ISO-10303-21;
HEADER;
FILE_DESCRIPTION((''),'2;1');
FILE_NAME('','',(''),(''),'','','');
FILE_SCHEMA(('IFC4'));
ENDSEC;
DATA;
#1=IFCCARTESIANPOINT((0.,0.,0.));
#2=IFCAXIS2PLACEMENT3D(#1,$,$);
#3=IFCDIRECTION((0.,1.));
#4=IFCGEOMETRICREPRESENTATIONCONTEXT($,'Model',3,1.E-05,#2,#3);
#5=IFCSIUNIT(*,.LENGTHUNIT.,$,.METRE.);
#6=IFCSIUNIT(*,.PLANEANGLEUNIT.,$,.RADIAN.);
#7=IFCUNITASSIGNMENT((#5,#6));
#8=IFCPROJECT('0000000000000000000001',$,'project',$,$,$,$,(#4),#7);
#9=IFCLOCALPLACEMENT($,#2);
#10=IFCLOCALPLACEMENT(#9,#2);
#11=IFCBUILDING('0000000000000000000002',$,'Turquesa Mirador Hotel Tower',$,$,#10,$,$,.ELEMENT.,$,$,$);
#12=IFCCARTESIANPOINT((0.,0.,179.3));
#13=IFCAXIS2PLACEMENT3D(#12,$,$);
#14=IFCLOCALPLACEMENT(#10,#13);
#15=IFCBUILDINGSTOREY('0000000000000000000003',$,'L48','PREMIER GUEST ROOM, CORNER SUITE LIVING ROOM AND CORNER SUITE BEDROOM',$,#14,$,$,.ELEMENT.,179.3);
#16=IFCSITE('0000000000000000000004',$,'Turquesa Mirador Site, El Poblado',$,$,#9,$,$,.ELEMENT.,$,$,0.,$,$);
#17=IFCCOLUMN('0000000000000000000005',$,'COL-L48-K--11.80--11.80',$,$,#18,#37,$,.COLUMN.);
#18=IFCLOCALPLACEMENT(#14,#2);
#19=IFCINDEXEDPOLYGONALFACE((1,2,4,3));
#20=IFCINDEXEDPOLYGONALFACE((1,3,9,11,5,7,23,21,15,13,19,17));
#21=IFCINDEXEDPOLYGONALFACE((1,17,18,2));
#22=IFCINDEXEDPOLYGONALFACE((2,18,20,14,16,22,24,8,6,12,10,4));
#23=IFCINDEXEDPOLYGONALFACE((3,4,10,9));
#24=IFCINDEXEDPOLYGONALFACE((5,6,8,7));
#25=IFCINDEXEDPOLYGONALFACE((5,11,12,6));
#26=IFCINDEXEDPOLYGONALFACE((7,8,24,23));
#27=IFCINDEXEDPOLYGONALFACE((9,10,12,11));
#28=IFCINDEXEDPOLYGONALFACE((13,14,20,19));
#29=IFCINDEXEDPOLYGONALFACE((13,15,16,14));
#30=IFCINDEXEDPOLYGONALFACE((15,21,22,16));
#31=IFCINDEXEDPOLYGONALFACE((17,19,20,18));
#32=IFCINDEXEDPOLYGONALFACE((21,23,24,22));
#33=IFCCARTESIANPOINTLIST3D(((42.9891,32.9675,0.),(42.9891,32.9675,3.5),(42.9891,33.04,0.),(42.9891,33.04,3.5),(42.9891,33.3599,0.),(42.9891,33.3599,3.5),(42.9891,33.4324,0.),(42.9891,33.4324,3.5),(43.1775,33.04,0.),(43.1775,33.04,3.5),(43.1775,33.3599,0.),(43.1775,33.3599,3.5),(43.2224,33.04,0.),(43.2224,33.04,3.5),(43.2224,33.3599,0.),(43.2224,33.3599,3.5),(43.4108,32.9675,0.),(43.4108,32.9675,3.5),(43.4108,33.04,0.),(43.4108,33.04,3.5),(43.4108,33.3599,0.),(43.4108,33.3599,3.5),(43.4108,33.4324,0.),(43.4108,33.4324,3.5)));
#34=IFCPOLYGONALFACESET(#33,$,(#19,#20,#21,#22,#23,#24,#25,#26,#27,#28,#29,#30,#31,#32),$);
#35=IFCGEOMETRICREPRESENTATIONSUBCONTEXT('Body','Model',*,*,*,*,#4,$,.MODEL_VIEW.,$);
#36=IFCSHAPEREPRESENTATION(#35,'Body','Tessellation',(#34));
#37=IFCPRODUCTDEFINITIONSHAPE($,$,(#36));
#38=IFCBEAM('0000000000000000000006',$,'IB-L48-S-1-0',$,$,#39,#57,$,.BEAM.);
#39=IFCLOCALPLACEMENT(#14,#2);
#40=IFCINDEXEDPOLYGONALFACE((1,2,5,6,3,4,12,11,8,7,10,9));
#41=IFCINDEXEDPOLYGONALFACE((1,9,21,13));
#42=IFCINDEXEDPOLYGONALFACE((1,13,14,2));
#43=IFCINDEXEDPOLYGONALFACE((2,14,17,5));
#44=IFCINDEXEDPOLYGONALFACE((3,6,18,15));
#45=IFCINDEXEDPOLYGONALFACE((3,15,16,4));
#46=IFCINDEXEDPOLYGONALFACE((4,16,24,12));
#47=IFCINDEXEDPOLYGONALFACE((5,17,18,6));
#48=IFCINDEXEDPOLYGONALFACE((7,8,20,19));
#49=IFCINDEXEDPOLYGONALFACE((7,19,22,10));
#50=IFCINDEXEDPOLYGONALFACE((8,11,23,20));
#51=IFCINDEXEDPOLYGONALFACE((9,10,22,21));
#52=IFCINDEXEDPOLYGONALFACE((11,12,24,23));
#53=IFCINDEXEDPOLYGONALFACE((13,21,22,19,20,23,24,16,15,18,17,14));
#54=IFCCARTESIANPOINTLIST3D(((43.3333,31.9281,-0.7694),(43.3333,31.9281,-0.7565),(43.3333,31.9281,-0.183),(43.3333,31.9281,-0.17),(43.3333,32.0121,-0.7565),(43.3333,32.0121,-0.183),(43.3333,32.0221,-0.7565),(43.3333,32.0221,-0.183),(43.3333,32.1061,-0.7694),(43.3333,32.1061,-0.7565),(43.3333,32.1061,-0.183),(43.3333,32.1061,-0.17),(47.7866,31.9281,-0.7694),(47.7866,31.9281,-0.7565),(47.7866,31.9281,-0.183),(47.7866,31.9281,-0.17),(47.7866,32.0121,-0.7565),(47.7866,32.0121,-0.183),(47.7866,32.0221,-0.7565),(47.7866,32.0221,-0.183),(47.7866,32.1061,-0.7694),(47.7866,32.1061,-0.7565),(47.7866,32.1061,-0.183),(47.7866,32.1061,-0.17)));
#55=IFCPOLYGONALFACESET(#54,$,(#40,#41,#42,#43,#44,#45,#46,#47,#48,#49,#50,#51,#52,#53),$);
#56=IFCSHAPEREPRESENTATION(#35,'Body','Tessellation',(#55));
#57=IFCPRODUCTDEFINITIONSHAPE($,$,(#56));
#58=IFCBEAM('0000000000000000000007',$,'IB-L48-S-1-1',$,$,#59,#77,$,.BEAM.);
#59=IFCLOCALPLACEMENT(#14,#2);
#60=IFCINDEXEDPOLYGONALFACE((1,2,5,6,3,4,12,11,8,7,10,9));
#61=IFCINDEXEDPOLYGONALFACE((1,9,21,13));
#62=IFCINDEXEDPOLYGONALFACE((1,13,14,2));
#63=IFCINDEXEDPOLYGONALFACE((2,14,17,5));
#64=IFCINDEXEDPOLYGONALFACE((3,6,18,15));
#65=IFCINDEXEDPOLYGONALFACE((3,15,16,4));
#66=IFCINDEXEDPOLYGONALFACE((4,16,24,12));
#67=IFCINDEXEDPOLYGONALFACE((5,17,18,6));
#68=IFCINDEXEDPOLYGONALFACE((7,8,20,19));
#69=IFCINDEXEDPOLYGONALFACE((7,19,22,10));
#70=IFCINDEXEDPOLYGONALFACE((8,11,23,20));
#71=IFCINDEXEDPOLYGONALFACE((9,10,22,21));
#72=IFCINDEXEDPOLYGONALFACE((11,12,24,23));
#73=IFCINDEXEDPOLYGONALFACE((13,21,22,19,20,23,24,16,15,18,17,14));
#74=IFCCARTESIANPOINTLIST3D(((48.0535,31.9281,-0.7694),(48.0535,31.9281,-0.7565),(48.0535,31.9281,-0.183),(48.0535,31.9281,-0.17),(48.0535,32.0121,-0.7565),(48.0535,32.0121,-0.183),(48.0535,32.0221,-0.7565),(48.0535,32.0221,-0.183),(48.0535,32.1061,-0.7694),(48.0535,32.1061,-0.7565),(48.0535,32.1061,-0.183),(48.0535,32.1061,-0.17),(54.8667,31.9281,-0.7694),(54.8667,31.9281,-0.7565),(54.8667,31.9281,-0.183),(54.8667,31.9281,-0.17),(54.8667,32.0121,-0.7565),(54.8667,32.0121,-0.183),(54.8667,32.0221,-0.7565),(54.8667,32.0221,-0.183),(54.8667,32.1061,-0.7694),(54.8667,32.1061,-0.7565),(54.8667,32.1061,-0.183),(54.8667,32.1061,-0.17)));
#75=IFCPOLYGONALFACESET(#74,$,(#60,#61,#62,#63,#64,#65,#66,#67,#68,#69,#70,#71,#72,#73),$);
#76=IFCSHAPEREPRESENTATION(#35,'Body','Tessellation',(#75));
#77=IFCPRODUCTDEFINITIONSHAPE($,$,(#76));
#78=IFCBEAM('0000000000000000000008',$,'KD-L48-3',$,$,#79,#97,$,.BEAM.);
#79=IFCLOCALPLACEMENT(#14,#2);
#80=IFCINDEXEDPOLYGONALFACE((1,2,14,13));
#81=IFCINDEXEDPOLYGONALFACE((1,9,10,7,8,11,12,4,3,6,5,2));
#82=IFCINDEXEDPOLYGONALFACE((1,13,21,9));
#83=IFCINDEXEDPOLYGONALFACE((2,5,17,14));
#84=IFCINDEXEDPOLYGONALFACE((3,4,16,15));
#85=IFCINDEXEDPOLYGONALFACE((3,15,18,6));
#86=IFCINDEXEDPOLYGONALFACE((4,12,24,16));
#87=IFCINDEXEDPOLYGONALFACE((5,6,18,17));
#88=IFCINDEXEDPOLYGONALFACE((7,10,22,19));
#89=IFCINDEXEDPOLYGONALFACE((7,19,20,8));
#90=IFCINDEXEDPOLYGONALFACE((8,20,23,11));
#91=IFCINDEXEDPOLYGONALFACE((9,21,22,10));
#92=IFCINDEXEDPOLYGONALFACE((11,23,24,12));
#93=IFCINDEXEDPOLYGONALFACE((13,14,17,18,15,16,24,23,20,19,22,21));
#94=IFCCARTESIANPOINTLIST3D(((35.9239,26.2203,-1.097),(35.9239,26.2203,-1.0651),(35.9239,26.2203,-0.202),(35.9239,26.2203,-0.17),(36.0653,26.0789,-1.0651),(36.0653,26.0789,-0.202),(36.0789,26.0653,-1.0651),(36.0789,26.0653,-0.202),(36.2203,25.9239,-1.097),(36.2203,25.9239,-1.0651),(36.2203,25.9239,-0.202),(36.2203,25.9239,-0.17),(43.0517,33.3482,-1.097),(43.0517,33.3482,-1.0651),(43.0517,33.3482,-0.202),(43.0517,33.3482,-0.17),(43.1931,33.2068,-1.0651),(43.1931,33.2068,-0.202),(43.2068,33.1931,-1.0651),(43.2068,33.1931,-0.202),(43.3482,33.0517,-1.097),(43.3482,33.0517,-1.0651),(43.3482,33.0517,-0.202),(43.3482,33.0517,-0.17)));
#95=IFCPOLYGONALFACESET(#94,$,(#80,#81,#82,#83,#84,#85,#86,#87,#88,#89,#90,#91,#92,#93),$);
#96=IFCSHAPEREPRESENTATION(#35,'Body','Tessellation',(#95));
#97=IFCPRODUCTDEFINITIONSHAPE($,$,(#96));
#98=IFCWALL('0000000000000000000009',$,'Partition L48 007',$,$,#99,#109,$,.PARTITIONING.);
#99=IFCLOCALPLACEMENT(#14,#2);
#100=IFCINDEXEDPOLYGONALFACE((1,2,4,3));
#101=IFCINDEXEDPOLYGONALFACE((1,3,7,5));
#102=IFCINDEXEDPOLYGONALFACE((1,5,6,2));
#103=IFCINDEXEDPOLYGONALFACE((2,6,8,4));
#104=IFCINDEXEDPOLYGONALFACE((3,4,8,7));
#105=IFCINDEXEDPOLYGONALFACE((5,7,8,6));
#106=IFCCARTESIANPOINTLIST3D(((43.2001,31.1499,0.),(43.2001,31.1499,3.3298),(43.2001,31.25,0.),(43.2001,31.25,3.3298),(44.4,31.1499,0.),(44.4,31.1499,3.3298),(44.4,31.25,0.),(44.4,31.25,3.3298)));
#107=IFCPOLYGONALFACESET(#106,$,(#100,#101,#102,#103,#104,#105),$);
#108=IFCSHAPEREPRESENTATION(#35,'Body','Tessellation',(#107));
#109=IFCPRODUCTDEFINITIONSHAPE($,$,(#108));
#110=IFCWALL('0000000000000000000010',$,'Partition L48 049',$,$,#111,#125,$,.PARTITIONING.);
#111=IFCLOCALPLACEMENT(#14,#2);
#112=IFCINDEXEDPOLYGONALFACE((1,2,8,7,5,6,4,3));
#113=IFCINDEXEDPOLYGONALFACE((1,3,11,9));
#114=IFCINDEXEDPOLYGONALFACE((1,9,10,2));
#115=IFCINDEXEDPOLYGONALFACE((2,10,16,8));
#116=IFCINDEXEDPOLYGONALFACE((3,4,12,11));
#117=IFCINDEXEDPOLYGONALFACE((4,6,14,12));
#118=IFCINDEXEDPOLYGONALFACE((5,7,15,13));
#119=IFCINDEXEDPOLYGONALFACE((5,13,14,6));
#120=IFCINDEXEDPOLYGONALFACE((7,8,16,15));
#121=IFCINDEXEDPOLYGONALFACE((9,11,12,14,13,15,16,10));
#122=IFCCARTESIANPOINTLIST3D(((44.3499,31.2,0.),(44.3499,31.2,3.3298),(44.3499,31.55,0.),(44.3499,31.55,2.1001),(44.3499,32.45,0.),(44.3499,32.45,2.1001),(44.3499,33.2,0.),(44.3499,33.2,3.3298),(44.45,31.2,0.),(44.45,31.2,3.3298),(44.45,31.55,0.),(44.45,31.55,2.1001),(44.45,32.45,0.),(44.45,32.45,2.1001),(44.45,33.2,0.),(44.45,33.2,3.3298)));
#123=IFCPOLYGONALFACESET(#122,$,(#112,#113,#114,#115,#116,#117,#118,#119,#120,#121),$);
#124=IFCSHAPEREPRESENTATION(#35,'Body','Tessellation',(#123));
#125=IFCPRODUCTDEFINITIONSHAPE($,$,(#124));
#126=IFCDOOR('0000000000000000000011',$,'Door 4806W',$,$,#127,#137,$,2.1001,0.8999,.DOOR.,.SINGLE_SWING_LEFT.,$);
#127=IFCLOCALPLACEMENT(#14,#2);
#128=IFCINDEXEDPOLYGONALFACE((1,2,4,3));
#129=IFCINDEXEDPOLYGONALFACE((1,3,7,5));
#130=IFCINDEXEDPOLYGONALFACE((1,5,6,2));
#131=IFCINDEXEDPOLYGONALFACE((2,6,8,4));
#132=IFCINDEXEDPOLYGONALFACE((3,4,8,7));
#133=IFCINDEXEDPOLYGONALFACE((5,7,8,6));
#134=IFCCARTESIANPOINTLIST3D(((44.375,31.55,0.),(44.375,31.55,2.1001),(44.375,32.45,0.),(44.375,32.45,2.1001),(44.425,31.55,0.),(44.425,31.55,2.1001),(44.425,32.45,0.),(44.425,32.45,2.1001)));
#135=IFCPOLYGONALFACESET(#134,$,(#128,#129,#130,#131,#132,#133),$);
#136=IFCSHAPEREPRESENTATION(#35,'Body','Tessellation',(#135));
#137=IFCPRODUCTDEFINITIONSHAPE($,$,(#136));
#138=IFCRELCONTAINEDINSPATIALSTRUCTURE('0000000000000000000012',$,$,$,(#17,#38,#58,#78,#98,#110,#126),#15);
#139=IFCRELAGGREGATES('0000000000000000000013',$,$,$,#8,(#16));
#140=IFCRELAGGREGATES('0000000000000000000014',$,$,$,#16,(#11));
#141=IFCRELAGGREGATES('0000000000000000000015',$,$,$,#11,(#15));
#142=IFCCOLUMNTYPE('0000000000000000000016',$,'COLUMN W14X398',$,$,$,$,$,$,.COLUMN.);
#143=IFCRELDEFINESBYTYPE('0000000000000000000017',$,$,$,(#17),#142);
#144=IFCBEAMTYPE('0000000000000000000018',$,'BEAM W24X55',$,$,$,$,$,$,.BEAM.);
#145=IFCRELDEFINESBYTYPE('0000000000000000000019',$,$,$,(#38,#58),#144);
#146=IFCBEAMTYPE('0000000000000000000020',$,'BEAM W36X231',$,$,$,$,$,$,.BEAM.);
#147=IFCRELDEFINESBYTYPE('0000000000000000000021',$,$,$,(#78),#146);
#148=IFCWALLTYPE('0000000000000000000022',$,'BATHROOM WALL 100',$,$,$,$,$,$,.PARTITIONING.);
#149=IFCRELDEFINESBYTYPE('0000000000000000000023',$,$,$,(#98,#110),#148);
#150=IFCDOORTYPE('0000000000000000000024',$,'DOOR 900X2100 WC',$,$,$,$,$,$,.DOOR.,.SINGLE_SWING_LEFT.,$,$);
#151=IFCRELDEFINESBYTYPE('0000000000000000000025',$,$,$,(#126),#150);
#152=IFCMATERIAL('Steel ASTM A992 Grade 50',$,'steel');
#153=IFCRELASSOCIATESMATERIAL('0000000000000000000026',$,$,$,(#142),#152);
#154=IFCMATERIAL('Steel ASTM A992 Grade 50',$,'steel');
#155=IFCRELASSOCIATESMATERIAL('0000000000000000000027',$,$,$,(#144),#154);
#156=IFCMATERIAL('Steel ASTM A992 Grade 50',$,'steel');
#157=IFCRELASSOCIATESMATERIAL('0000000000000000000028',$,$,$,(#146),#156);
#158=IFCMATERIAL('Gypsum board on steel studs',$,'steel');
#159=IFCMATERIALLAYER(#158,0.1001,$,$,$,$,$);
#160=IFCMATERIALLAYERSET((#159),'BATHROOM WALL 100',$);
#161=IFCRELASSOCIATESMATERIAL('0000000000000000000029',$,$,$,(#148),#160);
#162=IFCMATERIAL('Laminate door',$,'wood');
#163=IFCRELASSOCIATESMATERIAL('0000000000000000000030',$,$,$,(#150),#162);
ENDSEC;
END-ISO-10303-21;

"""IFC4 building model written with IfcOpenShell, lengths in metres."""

from ifc_helpers import new_model, si_unit, direction, frame, frame_2d, origin, origin_2d, place, context, subcontext, project, spatial, rectangle, i_section, extrude, material, layer, layer_set, material_profile, profile_set, type_object, element, fill, save


model = new_model("IFC4")

# Units and contexts
model_context = context("Model", 3, precision=1e-05, world=origin(), true_north=direction((0.0, 1.0)))
body_context = subcontext(model_context, "Body", "Model", "MODEL_VIEW")
ifc_project = project(units=[si_unit("LENGTHUNIT", "METRE"), si_unit("PLANEANGLEUNIT", "RADIAN")], contexts=[model_context])

# Site, building, storey
site_placement = place(None, origin())
site = spatial("IfcSite", under=ifc_project, at=site_placement, Name="Turquesa Mirador Site, El Poblado", CompositionType="ELEMENT", RefElevation=0.0)
building_placement = place(site_placement, origin())
building = spatial("IfcBuilding", under=site, at=building_placement, Name="Turquesa Mirador Hotel Tower", CompositionType="ELEMENT")
storey_placement = place(building_placement, frame((0.0, 0.0, 179.3)))
storey = spatial("IfcBuildingStorey", under=building, at=storey_placement, Name="L48", Description="PREMIER GUEST ROOM, CORNER SUITE LIVING ROOM AND CORNER SUITE BEDROOM", CompositionType="ELEMENT", Elevation=179.3)

# Column
ifc_material_1 = material(Name="Steel ASTM A992 Grade 50", Category="steel")
ifc_material_profile_1 = material_profile(ifc_material_1, i_section(OverallWidth=0.4216, OverallDepth=0.4648, WebThickness=0.0449, FlangeThickness=0.0725, at=origin_2d()), Name="W14X398")
ifc_profile_set_1 = profile_set([ifc_material_profile_1], Name="Steel ASTM A992 Grade 50")
column_type = type_object("IfcColumnType", Name="COLUMN W14X398", PredefinedType="COLUMN", material=ifc_profile_set_1)
column_placement = place(storey_placement, frame((43.2, 33.2, 0.0), z_axis=(0.0, 0.0, 1.0), x_axis=(1.0, 0.0, 0.0)))
element("IfcColumn", 1, at=column_placement, inside=storey, type_object=column_type, Name="COL-L48-K--11.80--11.80", PredefinedType="COLUMN", context=body_context, shape_type="SweptSolid", body=[
    extrude(i_section(OverallWidth=0.4216, OverallDepth=0.4648, WebThickness=0.0449, FlangeThickness=0.0725, at=origin_2d()), origin(), (0.0, 0.0, 1.0), 3.5),
])

# Beams
ifc_material_2 = material(Name="Steel ASTM A992 Grade 50", Category="steel")
ifc_material_profile_2 = material_profile(ifc_material_2, i_section(OverallWidth=0.178, OverallDepth=0.5994, WebThickness=0.01, FlangeThickness=0.0129, at=origin_2d()), Name="W24X55")
ifc_profile_set_2 = profile_set([ifc_material_profile_2], Name="Steel ASTM A992 Grade 50")
beam_type_1 = type_object("IfcBeamType", Name="BEAM W24X55", PredefinedType="BEAM", material=ifc_profile_set_2)
beam_1_placement = place(storey_placement, frame((43.3333, 32.0171, -0.4697), z_axis=(1.0, 0.0, 0.0), x_axis=(0.0, 1.0, 0.0)))
element("IfcBeam", 2, at=beam_1_placement, inside=storey, type_object=beam_type_1, Name="IB-L48-S-1-0", PredefinedType="BEAM", context=body_context, shape_type="SweptSolid", body=[
    extrude(i_section(OverallWidth=0.178, OverallDepth=0.5994, WebThickness=0.01, FlangeThickness=0.0129, at=origin_2d()), origin(), (0.0, 0.0, 1.0), 4.4534),
])
beam_2_placement = place(storey_placement, frame((48.0535, 32.0171, -0.4697), z_axis=(1.0, 0.0, 0.0), x_axis=(0.0, 1.0, 0.0)))
element("IfcBeam", 3, at=beam_2_placement, inside=storey, type_object=beam_type_1, Name="IB-L48-S-1-1", PredefinedType="BEAM", context=body_context, shape_type="SweptSolid", body=[
    extrude(i_section(OverallWidth=0.178, OverallDepth=0.5994, WebThickness=0.01, FlangeThickness=0.0129, at=origin_2d()), origin(), (0.0, 0.0, 1.0), 6.8132),
])
ifc_material_3 = material(Name="Steel ASTM A992 Grade 50", Category="steel")
ifc_material_profile_3 = material_profile(ifc_material_3, i_section(OverallWidth=0.4192, OverallDepth=0.927, WebThickness=0.0193, FlangeThickness=0.032, at=origin_2d()), Name="W36X231")
ifc_profile_set_3 = profile_set([ifc_material_profile_3], Name="Steel ASTM A992 Grade 50")
beam_type_2 = type_object("IfcBeamType", Name="BEAM W36X231", PredefinedType="BEAM", material=ifc_profile_set_3)
beam_3_placement = place(storey_placement, frame((43.2, 33.2, -0.6335), z_axis=(-0.707107, -0.707107, 0.0), x_axis=(0.707107, -0.707107, 0.0)))
element("IfcBeam", 4, at=beam_3_placement, inside=storey, type_object=beam_type_2, Name="KD-L48-3", PredefinedType="BEAM", context=body_context, shape_type="SweptSolid", body=[
    extrude(i_section(OverallWidth=0.4192, OverallDepth=0.927, WebThickness=0.0193, FlangeThickness=0.032, at=origin_2d()), origin(), (0.0, 0.0, 1.0), 10.0803),
])

# Wall
ifc_material_4 = material(Name="Gypsum board on steel studs", Category="steel")
ifc_layer_1 = layer(ifc_material_4, 0.1001)
ifc_layer_set_1 = layer_set([ifc_layer_1], Name="BATHROOM WALL 100")
wall_type_1 = type_object("IfcWallType", Name="BATHROOM WALL 100", PredefinedType="PARTITIONING", material=ifc_layer_set_1)
wall_1_placement = place(storey_placement, frame((43.2, 31.2, 0.0), z_axis=(0.0, 0.0, 1.0), x_axis=(1.0, 0.0, 0.0)))
element("IfcWall", 5, at=wall_1_placement, inside=storey, type_object=wall_type_1, Name="Partition L48 007", PredefinedType="PARTITIONING", context=body_context, shape_type="SweptSolid", body=[
    extrude(rectangle(XDim=1.2, YDim=0.1001, at=frame_2d((0.6001, 0.0))), origin(), (0.0, 0.0, 1.0), 3.3298),
])

# Wall, opening, door
wall_2_placement = place(storey_placement, frame((44.3999, 31.2, 0.0), z_axis=(0.0, 0.0, 1.0), x_axis=(0.0, 1.0, 0.0)))
wall_2 = element("IfcWall", 6, at=wall_2_placement, inside=storey, type_object=wall_type_1, Name="Partition L48 049", PredefinedType="PARTITIONING", context=body_context, shape_type="SweptSolid", body=[
    extrude(rectangle(XDim=2.0, YDim=0.1001, at=frame_2d((1.0, 0.0))), origin(), (0.0, 0.0, 1.0), 3.3298),
])
opening_1_placement = place(wall_2_placement, frame((0.3501, 0.0, 0.0)))
opening_1 = element("IfcOpeningElement", 7, at=opening_1_placement, cuts=wall_2, PredefinedType="OPENING", context=body_context, shape_type="SweptSolid", body=[
    extrude(rectangle(XDim=0.8999, YDim=2.1001, at=frame_2d((0.45, 1.05))), frame((0.0, 0.0601, 0.0), z_axis=(0.0, -1.0, 0.0), x_axis=(1.0, 0.0, 0.0)), (0.0, 0.0, 1.0), 0.1201),
])
ifc_material_5 = material(Name="Laminate door", Category="wood")
door_type_1 = type_object("IfcDoorType", Name="DOOR 900X2100 WC", OperationType="SINGLE_SWING_LEFT", PredefinedType="DOOR", material=ifc_material_5)
door_1_placement = place(opening_1_placement, origin())
door_1 = element("IfcDoor", 8, at=door_1_placement, inside=storey, type_object=door_type_1, Name="Door 4806W", OperationType="SINGLE_SWING_LEFT", OverallHeight=2.1001, OverallWidth=0.8999, PredefinedType="DOOR", context=body_context, shape_type="SweptSolid", body=[
    extrude(rectangle(XDim=0.8999, YDim=2.1001, at=frame_2d((0.45, 1.05))), frame((0.0, 0.0249, 0.0), z_axis=(0.0, -1.0, 0.0), x_axis=(1.0, 0.0, 0.0)), (0.0, 0.0, 1.0), 0.05),
])
fill(opening_1, door_1)

save(model, "model.ifc")
